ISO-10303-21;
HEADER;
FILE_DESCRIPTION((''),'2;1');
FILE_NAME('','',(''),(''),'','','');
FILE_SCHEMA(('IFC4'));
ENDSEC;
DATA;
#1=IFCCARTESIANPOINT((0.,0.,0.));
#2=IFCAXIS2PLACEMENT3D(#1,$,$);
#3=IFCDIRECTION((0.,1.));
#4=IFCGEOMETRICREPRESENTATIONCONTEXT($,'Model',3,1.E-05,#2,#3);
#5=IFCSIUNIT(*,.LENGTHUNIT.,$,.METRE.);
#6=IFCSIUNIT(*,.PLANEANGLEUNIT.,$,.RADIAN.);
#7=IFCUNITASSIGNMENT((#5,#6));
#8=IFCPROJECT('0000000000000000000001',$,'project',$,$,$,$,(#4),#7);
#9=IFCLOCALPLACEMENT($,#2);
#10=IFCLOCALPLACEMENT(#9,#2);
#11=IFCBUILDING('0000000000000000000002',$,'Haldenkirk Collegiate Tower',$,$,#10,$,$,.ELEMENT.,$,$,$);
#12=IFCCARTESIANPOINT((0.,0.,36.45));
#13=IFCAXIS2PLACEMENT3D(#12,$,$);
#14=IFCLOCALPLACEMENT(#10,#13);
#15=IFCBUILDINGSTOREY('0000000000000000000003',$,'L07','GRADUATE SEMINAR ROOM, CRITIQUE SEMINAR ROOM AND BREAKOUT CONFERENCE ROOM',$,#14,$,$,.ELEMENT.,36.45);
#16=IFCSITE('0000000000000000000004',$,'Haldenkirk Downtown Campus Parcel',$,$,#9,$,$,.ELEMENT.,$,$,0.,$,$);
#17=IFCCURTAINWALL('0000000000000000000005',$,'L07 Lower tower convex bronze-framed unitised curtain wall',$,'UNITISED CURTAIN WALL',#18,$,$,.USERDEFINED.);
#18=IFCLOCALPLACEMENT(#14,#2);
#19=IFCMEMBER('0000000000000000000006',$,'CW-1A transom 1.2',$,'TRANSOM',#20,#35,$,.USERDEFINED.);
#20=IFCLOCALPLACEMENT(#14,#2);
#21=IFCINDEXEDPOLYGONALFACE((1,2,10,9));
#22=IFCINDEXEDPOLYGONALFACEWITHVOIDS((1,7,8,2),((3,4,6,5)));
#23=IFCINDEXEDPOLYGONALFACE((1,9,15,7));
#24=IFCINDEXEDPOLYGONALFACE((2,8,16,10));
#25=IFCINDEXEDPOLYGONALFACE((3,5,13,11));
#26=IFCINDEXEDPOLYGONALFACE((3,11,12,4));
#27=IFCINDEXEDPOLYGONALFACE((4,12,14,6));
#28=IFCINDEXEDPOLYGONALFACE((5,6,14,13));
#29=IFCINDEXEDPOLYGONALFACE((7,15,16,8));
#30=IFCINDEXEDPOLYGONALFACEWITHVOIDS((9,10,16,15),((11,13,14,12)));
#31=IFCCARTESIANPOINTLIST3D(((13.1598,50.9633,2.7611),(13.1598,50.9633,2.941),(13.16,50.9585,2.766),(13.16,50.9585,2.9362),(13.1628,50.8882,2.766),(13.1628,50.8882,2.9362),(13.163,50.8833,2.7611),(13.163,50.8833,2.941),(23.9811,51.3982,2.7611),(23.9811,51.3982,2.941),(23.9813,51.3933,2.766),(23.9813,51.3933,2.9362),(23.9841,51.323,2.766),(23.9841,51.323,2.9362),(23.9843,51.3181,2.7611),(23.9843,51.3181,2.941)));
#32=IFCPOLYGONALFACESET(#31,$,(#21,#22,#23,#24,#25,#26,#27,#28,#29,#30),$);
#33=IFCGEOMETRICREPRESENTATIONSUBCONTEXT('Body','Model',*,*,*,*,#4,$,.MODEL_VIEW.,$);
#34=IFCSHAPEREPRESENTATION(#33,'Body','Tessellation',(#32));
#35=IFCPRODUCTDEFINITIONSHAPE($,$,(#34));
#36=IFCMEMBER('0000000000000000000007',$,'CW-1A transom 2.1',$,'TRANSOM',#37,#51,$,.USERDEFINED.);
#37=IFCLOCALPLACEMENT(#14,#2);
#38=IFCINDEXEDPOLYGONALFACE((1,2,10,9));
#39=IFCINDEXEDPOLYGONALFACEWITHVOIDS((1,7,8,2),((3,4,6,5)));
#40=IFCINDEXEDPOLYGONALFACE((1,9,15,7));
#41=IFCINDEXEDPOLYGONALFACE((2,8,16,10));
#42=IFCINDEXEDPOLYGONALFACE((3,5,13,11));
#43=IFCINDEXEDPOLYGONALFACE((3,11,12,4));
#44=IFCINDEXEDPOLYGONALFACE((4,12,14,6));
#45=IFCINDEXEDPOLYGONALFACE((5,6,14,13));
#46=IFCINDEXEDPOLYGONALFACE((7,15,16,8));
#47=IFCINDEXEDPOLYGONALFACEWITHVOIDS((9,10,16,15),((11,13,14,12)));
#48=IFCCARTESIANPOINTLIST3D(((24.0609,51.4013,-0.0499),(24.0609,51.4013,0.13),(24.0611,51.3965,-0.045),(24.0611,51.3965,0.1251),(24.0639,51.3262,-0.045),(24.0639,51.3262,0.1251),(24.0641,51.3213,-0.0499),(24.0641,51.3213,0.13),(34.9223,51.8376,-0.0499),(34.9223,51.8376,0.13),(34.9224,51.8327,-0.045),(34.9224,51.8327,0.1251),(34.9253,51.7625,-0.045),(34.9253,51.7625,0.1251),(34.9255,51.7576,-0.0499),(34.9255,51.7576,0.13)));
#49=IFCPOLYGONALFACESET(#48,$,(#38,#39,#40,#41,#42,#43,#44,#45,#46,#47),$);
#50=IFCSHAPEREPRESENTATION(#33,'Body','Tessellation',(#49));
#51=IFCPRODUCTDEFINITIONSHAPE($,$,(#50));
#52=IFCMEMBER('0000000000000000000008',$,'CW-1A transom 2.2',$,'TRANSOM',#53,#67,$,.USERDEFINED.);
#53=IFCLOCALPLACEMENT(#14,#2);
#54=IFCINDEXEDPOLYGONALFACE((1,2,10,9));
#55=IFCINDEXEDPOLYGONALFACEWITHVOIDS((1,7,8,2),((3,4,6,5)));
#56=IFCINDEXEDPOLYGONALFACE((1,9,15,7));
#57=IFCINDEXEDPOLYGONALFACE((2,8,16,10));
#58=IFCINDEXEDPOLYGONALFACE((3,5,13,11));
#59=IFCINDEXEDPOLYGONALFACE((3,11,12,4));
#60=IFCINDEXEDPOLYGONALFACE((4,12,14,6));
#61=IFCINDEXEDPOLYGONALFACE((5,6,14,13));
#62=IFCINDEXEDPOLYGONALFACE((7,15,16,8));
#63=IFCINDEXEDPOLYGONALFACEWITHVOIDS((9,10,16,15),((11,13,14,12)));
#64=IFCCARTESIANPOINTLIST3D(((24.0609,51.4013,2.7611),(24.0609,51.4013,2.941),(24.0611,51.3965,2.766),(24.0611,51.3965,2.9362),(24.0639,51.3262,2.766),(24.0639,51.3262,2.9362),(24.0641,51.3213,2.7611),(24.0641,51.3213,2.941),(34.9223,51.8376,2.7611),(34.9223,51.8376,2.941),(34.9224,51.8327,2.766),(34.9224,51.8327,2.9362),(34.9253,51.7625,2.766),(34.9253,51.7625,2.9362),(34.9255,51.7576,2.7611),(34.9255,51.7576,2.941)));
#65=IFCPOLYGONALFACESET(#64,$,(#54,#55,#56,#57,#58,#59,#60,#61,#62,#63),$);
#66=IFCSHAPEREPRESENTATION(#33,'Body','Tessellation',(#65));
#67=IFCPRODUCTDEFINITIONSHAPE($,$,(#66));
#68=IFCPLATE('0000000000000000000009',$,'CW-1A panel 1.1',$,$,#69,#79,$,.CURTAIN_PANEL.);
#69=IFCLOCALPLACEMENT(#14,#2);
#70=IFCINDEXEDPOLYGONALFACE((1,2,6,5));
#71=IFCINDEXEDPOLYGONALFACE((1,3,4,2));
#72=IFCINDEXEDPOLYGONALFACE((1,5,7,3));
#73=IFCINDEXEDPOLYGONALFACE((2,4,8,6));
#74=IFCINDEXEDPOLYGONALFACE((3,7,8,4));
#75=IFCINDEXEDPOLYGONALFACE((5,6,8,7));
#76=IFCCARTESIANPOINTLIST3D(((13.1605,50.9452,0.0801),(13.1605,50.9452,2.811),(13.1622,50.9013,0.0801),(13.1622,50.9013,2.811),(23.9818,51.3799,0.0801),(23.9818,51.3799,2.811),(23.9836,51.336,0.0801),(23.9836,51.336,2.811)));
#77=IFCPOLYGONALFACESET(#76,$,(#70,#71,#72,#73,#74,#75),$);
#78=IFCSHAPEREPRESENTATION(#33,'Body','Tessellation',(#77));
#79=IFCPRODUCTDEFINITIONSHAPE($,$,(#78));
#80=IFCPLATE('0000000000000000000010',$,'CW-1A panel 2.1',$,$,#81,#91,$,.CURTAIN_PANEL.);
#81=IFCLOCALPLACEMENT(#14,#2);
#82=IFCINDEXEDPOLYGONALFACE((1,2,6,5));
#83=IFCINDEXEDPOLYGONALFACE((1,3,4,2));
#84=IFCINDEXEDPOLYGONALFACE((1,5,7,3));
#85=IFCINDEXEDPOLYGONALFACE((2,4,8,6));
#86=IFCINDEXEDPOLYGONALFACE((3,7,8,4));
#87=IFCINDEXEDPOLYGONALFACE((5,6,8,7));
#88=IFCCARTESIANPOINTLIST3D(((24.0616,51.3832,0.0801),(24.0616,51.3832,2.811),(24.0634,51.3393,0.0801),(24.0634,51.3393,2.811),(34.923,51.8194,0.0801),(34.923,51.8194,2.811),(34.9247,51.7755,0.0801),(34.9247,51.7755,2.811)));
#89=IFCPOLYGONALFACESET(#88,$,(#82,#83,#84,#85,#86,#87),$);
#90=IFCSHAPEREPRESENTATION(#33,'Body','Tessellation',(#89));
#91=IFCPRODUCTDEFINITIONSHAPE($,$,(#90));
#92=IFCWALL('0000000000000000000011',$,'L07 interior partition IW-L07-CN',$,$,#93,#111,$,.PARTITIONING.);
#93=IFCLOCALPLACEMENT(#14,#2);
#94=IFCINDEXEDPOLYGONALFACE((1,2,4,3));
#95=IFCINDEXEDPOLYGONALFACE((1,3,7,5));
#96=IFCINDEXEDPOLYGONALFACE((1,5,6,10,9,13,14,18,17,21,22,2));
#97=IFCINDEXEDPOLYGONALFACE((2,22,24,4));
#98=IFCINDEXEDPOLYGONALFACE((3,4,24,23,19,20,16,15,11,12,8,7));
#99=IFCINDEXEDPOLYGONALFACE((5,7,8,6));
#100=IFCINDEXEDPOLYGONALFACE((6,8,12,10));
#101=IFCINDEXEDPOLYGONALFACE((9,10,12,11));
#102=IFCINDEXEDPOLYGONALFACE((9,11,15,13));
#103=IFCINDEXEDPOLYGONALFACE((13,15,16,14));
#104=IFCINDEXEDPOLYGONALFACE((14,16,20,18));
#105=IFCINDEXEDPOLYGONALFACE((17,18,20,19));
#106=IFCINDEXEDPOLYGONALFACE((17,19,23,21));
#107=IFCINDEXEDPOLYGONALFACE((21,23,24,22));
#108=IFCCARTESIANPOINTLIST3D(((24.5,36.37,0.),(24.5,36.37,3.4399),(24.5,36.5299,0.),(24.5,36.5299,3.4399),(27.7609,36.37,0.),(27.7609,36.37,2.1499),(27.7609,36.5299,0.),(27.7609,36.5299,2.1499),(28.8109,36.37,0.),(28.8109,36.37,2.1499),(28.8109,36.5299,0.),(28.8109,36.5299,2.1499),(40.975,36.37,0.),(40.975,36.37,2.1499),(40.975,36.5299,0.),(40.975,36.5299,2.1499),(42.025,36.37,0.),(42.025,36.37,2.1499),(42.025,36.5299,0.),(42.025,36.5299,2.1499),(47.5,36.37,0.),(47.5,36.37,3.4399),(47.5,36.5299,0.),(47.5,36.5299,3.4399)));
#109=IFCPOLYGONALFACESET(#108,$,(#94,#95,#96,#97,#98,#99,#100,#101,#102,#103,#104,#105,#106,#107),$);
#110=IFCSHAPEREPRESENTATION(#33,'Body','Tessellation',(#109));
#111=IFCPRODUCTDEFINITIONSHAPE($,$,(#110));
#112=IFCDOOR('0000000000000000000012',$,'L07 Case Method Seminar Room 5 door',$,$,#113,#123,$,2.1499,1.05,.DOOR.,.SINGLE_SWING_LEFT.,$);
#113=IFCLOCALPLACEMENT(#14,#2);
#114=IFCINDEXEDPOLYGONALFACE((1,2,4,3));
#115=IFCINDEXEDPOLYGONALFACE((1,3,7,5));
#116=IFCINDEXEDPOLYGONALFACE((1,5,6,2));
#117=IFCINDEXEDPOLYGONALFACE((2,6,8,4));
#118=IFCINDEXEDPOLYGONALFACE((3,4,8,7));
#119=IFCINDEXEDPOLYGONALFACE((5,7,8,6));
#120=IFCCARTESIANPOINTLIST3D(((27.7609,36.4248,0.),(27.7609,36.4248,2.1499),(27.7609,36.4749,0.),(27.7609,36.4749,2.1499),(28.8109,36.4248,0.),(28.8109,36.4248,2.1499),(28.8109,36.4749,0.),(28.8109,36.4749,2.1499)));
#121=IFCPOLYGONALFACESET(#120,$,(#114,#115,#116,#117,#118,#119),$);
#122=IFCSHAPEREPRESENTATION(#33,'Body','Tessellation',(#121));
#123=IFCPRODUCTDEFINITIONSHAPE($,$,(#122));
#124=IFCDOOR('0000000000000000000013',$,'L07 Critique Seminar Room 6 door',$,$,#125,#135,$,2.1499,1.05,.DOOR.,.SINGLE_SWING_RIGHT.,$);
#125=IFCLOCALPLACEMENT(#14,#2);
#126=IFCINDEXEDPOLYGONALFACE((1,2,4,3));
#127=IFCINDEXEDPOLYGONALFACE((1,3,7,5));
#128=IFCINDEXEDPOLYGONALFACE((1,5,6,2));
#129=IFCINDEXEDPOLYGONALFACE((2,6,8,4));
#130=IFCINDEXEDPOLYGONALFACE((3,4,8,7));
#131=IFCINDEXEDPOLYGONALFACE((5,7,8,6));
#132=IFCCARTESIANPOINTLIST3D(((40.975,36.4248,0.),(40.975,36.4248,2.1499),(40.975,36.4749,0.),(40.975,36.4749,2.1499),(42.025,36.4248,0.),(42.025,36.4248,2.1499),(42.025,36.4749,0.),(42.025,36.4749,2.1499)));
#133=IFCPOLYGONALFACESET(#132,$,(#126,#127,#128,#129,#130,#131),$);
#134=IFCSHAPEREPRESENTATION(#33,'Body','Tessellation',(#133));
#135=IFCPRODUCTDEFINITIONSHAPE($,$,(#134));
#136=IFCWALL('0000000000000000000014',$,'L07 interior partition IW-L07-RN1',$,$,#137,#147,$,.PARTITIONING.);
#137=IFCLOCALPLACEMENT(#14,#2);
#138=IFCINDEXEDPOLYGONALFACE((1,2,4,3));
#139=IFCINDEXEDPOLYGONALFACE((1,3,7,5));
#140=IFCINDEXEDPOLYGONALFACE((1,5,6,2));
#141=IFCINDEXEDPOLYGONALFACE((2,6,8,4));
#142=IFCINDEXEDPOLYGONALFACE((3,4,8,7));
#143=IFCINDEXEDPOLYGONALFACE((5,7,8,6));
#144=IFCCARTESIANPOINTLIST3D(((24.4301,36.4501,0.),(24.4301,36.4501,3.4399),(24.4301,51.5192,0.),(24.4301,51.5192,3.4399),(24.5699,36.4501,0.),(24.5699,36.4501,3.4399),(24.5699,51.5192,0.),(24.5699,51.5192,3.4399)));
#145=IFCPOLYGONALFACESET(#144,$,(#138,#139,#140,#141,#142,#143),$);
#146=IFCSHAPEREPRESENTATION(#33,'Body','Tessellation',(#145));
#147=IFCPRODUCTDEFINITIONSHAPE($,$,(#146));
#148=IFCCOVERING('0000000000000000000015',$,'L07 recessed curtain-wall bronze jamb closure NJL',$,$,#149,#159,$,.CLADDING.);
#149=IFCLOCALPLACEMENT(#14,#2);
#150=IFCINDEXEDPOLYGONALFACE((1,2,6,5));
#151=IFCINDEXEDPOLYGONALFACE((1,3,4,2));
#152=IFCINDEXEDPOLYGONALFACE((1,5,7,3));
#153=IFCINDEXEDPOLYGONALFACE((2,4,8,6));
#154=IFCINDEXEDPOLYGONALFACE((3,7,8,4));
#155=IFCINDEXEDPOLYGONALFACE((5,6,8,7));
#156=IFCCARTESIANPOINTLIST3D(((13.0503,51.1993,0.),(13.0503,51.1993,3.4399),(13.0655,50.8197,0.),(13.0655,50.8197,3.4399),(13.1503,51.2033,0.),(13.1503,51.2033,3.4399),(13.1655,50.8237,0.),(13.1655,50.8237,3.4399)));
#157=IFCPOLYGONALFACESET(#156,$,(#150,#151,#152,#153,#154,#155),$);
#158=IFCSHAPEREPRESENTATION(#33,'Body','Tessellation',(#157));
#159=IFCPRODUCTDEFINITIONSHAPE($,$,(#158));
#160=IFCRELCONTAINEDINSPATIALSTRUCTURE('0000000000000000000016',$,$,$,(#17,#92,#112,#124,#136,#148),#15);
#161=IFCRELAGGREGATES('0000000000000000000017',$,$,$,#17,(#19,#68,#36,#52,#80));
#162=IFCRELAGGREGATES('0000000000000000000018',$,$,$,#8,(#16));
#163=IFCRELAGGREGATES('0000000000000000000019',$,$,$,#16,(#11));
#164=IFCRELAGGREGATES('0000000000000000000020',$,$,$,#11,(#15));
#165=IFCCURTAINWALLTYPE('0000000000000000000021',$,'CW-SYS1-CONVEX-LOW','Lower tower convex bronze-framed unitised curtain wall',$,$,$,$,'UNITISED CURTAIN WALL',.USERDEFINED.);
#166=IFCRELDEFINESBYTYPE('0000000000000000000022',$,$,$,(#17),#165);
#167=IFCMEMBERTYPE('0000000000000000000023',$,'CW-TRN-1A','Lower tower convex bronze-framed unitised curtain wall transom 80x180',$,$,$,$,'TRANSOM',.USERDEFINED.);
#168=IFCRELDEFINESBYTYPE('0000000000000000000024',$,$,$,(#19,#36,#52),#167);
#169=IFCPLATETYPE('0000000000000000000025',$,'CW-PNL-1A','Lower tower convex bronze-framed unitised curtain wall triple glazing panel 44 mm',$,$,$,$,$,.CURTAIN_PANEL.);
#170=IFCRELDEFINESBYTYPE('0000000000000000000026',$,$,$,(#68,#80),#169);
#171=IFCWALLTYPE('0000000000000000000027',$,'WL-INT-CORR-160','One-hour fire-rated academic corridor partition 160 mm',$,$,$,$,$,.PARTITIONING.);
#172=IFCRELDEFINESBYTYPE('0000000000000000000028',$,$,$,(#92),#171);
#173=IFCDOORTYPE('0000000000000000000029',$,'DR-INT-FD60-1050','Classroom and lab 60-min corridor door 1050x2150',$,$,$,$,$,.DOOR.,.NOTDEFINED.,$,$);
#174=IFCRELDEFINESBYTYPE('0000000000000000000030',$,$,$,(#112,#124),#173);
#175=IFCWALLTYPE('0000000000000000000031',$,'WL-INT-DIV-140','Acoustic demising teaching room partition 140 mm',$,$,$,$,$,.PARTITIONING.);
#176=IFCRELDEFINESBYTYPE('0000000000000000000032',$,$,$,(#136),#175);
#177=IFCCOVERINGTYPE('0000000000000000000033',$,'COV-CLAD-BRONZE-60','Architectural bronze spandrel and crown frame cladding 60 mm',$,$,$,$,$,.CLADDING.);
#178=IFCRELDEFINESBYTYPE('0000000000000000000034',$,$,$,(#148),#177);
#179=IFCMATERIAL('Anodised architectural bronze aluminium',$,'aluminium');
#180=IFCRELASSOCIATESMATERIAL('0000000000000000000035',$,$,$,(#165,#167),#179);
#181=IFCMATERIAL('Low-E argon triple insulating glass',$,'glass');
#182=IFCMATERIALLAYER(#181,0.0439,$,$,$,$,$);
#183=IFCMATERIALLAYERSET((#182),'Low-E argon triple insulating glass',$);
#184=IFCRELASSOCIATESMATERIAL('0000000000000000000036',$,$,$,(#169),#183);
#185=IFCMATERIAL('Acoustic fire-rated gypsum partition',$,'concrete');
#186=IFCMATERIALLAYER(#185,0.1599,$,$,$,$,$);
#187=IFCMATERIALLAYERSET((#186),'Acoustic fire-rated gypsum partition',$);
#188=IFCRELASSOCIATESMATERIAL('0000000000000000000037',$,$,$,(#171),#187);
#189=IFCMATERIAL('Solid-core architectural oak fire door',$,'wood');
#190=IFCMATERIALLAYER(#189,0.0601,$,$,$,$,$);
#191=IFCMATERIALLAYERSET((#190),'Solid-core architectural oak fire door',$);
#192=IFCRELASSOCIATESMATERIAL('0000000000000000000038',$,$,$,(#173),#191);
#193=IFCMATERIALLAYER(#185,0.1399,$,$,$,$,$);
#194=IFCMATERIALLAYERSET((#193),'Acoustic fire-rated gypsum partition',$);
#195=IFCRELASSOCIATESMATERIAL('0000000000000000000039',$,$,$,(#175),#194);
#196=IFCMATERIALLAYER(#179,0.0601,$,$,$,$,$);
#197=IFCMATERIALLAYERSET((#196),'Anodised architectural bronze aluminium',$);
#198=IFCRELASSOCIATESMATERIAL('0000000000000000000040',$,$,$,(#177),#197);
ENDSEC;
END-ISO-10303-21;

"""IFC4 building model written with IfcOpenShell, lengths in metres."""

from ifc_helpers import new_model, si_unit, direction, frame, frame_2d, origin, origin_2d, place, context, subcontext, project, spatial, rectangle, hollow_rectangle, extrude, source, transform, mapped, material, layer, layer_set, material_profile, profile_set, type_object, element, fill, aggregate, save


model = new_model("IFC4")

# Units and contexts
model_context = context("Model", 3, precision=1e-05, world=origin(), true_north=direction((0.0, 1.0)))
body_context = subcontext(model_context, "Body", "Model", "MODEL_VIEW")
ifc_project = project(units=[si_unit("LENGTHUNIT", "METRE"), si_unit("PLANEANGLEUNIT", "RADIAN")], contexts=[model_context])

# Site, building, storey
site_placement = place(None, origin())
site = spatial("IfcSite", under=ifc_project, at=site_placement, Name="Haldenkirk Downtown Campus Parcel", CompositionType="ELEMENT", RefElevation=0.0)
building_placement = place(site_placement, origin())
building = spatial("IfcBuilding", under=site, at=building_placement, Name="Haldenkirk Collegiate Tower", CompositionType="ELEMENT")
storey_placement = place(building_placement, frame((0.0, 0.0, 36.45)))
storey = spatial("IfcBuildingStorey", under=building, at=storey_placement, Name="L07", Description="GRADUATE SEMINAR ROOM, CRITIQUE SEMINAR ROOM AND BREAKOUT CONFERENCE ROOM", CompositionType="ELEMENT", Elevation=36.45)

# Curtain wall, members, plates
ifc_material_1 = material(Name="Anodised architectural bronze aluminium", Category="aluminium")
curtain_wall_type = type_object("IfcCurtainWallType", Name="CW-SYS1-CONVEX-LOW", Description="Lower tower convex bronze-framed unitised curtain wall", ElementType="UNITISED CURTAIN WALL", PredefinedType="USERDEFINED", material=ifc_material_1)
curtain_wall_placement = place(storey_placement, origin())
curtain_wall = element("IfcCurtainWall", 1, at=curtain_wall_placement, inside=storey, type_object=curtain_wall_type, Name="L07 Lower tower convex bronze-framed unitised curtain wall", ObjectType="UNITISED CURTAIN WALL", PredefinedType="USERDEFINED")
ifc_material_profile_1 = material_profile(ifc_material_1, hollow_rectangle(XDim=0.0801, YDim=0.1799, WallThickness=0.0049, at=origin_2d()), Name="CW-TRN-1A")
ifc_profile_set_1 = profile_set([ifc_material_profile_1], Name="Anodised architectural bronze aluminium")
member_type_1 = type_object("IfcMemberType", Name="CW-TRN-1A", Description="Lower tower convex bronze-framed unitised curtain wall transom 80x180", ElementType="TRANSOM", PredefinedType="USERDEFINED", material=ifc_profile_set_1)
member_1_placement = place(storey_placement, frame((13.1614, 50.9233, 2.8511), z_axis=(0.999194, 0.040149, 0.0), x_axis=(-0.040149, 0.999194, 0.0)))
member_1 = element("IfcMember", 2, at=member_1_placement, type_object=member_type_1, Name="CW-1A transom 1.2", ObjectType="TRANSOM", PredefinedType="USERDEFINED", context=body_context, shape_type="SweptSolid", body=[
    extrude(hollow_rectangle(XDim=0.0801, YDim=0.1799, WallThickness=0.0049, at=origin_2d()), origin(), (0.0, 0.0, 1.0), 10.8301),
])
member_2_placement = place(storey_placement, frame((24.0625, 51.3613, 0.04), z_axis=(0.999194, 0.040136, 0.0), x_axis=(-0.040136, 0.999194, 0.0)))
member_2 = element("IfcMember", 3, at=member_2_placement, type_object=member_type_1, Name="CW-1A transom 2.1", ObjectType="TRANSOM", PredefinedType="USERDEFINED", context=body_context, shape_type="SweptSolid", body=[
    extrude(hollow_rectangle(XDim=0.0801, YDim=0.1799, WallThickness=0.0049, at=origin_2d()), origin(), (0.0, 0.0, 1.0), 10.8701),
])
member_3_placement = place(storey_placement, frame((24.0625, 51.3613, 2.8511), z_axis=(0.999194, 0.040136, 0.0), x_axis=(-0.040136, 0.999194, 0.0)))
member_3 = element("IfcMember", 4, at=member_3_placement, type_object=member_type_1, Name="CW-1A transom 2.2", ObjectType="TRANSOM", PredefinedType="USERDEFINED", context=body_context, shape_type="SweptSolid", body=[
    extrude(hollow_rectangle(XDim=0.0801, YDim=0.1799, WallThickness=0.0049, at=origin_2d()), origin(), (0.0, 0.0, 1.0), 10.8701),
])
ifc_material_2 = material(Name="Low-E argon triple insulating glass", Category="glass")
ifc_layer_1 = layer(ifc_material_2, 0.0439)
ifc_layer_set_1 = layer_set([ifc_layer_1], Name="Low-E argon triple insulating glass")
plate_type = type_object("IfcPlateType", Name="CW-PNL-1A", Description="Lower tower convex bronze-framed unitised curtain wall triple glazing panel 44 mm", PredefinedType="CURTAIN_PANEL", material=ifc_layer_set_1)
shared_shape_1 = source(origin(), body_context, "Body", "SweptSolid", [
    extrude(rectangle(XDim=10.8301, YDim=0.0439, at=origin_2d()), origin(), (0.0, 0.0, 1.0), 2.731),
])
plate_1_placement = place(storey_placement, frame((18.572, 51.1406, 0.0801), z_axis=(0.0, 0.0, 1.0), x_axis=(0.999194, 0.040135, 0.0)))
plate_1 = element("IfcPlate", 5, at=plate_1_placement, type_object=plate_type, Name="CW-1A panel 1.1", PredefinedType="CURTAIN_PANEL", context=body_context, shape_type="MappedRepresentation", body=[
    mapped(shared_shape_1, transform((0.0, 0.0, 0.0), x_axis=(1.0, 0.0, 0.0), y_axis=(0.0, 1.0, 0.0), z_axis=(0.0, 0.0, 1.0), scale=1.0)),
])
shared_shape_2 = source(origin(), body_context, "Body", "SweptSolid", [
    extrude(rectangle(XDim=10.8701, YDim=0.0439, at=origin_2d()), origin(), (0.0, 0.0, 1.0), 2.731),
])
plate_2_placement = place(storey_placement, frame((29.4932, 51.5793, 0.0801), z_axis=(0.0, 0.0, 1.0), x_axis=(0.999194, 0.040135, 0.0)))
plate_2 = element("IfcPlate", 6, at=plate_2_placement, type_object=plate_type, Name="CW-1A panel 2.1", PredefinedType="CURTAIN_PANEL", context=body_context, shape_type="MappedRepresentation", body=[
    mapped(shared_shape_2, transform((0.0, 0.0, 0.0), x_axis=(1.0, 0.0, 0.0), y_axis=(0.0, 1.0, 0.0), z_axis=(0.0, 0.0, 1.0), scale=1.0)),
])
aggregate(curtain_wall, [member_1, plate_1, member_2, member_3, plate_2])

# Wall, openings, doors
ifc_material_3 = material(Name="Acoustic fire-rated gypsum partition", Category="concrete")
ifc_layer_2 = layer(ifc_material_3, 0.1599)
ifc_layer_set_2 = layer_set([ifc_layer_2], Name="Acoustic fire-rated gypsum partition")
wall_type_1 = type_object("IfcWallType", Name="WL-INT-CORR-160", Description="One-hour fire-rated academic corridor partition 160 mm", PredefinedType="PARTITIONING", material=ifc_layer_set_2)
wall_1_placement = place(storey_placement, frame((24.5, 36.45, 0.0), z_axis=(0.0, 0.0, 1.0), x_axis=(1.0, 0.0, 0.0)))
wall_1 = element("IfcWall", 7, at=wall_1_placement, inside=storey, type_object=wall_type_1, Name="L07 interior partition IW-L07-CN", PredefinedType="PARTITIONING", context=body_context, shape_type="SweptSolid", body=[
    extrude(rectangle(XDim=23.0, YDim=0.1599, at=frame_2d((11.5, 0.0))), origin(), (0.0, 0.0, 1.0), 3.4399),
])
opening_1_placement = place(wall_1_placement, frame((3.261, 0.0, 0.0)))
opening_1 = element("IfcOpeningElement", 8, at=opening_1_placement, cuts=wall_1, PredefinedType="OPENING", context=body_context, shape_type="SweptSolid", body=[
    extrude(rectangle(XDim=1.05, YDim=2.1499, at=frame_2d((0.5249, 1.075))), frame((0.0, 0.0898, 0.0), z_axis=(0.0, -1.0, 0.0), x_axis=(1.0, 0.0, 0.0)), (0.0, 0.0, 1.0), 0.1799),
])
opening_2_placement = place(wall_1_placement, frame((16.4751, 0.0, 0.0)))
opening_2 = element("IfcOpeningElement", 9, at=opening_2_placement, cuts=wall_1, PredefinedType="OPENING", context=body_context, shape_type="SweptSolid", body=[
    extrude(rectangle(XDim=1.05, YDim=2.1499, at=frame_2d((0.5249, 1.075))), frame((0.0, 0.0898, 0.0), z_axis=(0.0, -1.0, 0.0), x_axis=(1.0, 0.0, 0.0)), (0.0, 0.0, 1.0), 0.1799),
])
ifc_material_4 = material(Name="Solid-core architectural oak fire door", Category="wood")
ifc_layer_3 = layer(ifc_material_4, 0.0601)
ifc_layer_set_3 = layer_set([ifc_layer_3], Name="Solid-core architectural oak fire door")
door_type_1 = type_object("IfcDoorType", Name="DR-INT-FD60-1050", Description="Classroom and lab 60-min corridor door 1050x2150", OperationType="NOTDEFINED", PredefinedType="DOOR", material=ifc_layer_set_3)
door_1_placement = place(opening_1_placement, origin())
door_1 = element("IfcDoor", 10, at=door_1_placement, inside=storey, type_object=door_type_1, Name="L07 Case Method Seminar Room 5 door", OperationType="SINGLE_SWING_LEFT", OverallHeight=2.1499, OverallWidth=1.05, PredefinedType="DOOR", context=body_context, shape_type="SweptSolid", body=[
    extrude(rectangle(XDim=1.05, YDim=2.1499, at=frame_2d((0.5249, 1.075))), frame((0.0, 0.0249, 0.0), z_axis=(0.0, -1.0, 0.0), x_axis=(1.0, 0.0, 0.0)), (0.0, 0.0, 1.0), 0.05),
])
fill(opening_1, door_1)
door_2_placement = place(opening_2_placement, origin())
door_2 = element("IfcDoor", 11, at=door_2_placement, inside=storey, type_object=door_type_1, Name="L07 Critique Seminar Room 6 door", OperationType="SINGLE_SWING_RIGHT", OverallHeight=2.1499, OverallWidth=1.05, PredefinedType="DOOR", context=body_context, shape_type="SweptSolid", body=[
    extrude(rectangle(XDim=1.05, YDim=2.1499, at=frame_2d((0.5249, 1.075))), frame((0.0, 0.0249, 0.0), z_axis=(0.0, -1.0, 0.0), x_axis=(1.0, 0.0, 0.0)), (0.0, 0.0, 1.0), 0.05),
])
fill(opening_2, door_2)

# Wall
ifc_layer_4 = layer(ifc_material_3, 0.1399)
ifc_layer_set_4 = layer_set([ifc_layer_4], Name="Acoustic fire-rated gypsum partition")
wall_type_2 = type_object("IfcWallType", Name="WL-INT-DIV-140", Description="Acoustic demising teaching room partition 140 mm", PredefinedType="PARTITIONING", material=ifc_layer_set_4)
wall_2_placement = place(storey_placement, frame((24.5, 36.45, 0.0), z_axis=(0.0, 0.0, 1.0), x_axis=(0.0, 1.0, 0.0)))
element("IfcWall", 12, at=wall_2_placement, inside=storey, type_object=wall_type_2, Name="L07 interior partition IW-L07-RN1", PredefinedType="PARTITIONING", context=body_context, shape_type="SweptSolid", body=[
    extrude(rectangle(XDim=15.0691, YDim=0.1399, at=frame_2d((7.5347, 0.0))), origin(), (0.0, 0.0, 1.0), 3.4399),
])

# Covering
ifc_layer_5 = layer(ifc_material_1, 0.0601)
ifc_layer_set_5 = layer_set([ifc_layer_5], Name="Anodised architectural bronze aluminium")
covering_type = type_object("IfcCoveringType", Name="COV-CLAD-BRONZE-60", Description="Architectural bronze spandrel and crown frame cladding 60 mm", PredefinedType="CLADDING", material=ifc_layer_set_5)
shared_shape_3 = source(origin(), body_context, "Body", "SweptSolid", [
    extrude(rectangle(XDim=0.1001, YDim=0.3799, at=origin_2d()), origin(), (0.0, 0.0, 1.0), 3.4399),
])
covering_placement = place(storey_placement, frame((13.1079, 51.0115, 0.0), z_axis=(0.0, 0.0, 1.0), x_axis=(0.999194, 0.040132, 0.0)))
element("IfcCovering", 13, at=covering_placement, inside=storey, type_object=covering_type, Name="L07 recessed curtain-wall bronze jamb closure NJL", PredefinedType="CLADDING", context=body_context, shape_type="MappedRepresentation", body=[
    mapped(shared_shape_3, transform((0.0, 0.0, 0.0), x_axis=(1.0, 0.0, 0.0), y_axis=(0.0, 1.0, 0.0), z_axis=(0.0, 0.0, 1.0), scale=1.0)),
])

save(model, "model.ifc")
